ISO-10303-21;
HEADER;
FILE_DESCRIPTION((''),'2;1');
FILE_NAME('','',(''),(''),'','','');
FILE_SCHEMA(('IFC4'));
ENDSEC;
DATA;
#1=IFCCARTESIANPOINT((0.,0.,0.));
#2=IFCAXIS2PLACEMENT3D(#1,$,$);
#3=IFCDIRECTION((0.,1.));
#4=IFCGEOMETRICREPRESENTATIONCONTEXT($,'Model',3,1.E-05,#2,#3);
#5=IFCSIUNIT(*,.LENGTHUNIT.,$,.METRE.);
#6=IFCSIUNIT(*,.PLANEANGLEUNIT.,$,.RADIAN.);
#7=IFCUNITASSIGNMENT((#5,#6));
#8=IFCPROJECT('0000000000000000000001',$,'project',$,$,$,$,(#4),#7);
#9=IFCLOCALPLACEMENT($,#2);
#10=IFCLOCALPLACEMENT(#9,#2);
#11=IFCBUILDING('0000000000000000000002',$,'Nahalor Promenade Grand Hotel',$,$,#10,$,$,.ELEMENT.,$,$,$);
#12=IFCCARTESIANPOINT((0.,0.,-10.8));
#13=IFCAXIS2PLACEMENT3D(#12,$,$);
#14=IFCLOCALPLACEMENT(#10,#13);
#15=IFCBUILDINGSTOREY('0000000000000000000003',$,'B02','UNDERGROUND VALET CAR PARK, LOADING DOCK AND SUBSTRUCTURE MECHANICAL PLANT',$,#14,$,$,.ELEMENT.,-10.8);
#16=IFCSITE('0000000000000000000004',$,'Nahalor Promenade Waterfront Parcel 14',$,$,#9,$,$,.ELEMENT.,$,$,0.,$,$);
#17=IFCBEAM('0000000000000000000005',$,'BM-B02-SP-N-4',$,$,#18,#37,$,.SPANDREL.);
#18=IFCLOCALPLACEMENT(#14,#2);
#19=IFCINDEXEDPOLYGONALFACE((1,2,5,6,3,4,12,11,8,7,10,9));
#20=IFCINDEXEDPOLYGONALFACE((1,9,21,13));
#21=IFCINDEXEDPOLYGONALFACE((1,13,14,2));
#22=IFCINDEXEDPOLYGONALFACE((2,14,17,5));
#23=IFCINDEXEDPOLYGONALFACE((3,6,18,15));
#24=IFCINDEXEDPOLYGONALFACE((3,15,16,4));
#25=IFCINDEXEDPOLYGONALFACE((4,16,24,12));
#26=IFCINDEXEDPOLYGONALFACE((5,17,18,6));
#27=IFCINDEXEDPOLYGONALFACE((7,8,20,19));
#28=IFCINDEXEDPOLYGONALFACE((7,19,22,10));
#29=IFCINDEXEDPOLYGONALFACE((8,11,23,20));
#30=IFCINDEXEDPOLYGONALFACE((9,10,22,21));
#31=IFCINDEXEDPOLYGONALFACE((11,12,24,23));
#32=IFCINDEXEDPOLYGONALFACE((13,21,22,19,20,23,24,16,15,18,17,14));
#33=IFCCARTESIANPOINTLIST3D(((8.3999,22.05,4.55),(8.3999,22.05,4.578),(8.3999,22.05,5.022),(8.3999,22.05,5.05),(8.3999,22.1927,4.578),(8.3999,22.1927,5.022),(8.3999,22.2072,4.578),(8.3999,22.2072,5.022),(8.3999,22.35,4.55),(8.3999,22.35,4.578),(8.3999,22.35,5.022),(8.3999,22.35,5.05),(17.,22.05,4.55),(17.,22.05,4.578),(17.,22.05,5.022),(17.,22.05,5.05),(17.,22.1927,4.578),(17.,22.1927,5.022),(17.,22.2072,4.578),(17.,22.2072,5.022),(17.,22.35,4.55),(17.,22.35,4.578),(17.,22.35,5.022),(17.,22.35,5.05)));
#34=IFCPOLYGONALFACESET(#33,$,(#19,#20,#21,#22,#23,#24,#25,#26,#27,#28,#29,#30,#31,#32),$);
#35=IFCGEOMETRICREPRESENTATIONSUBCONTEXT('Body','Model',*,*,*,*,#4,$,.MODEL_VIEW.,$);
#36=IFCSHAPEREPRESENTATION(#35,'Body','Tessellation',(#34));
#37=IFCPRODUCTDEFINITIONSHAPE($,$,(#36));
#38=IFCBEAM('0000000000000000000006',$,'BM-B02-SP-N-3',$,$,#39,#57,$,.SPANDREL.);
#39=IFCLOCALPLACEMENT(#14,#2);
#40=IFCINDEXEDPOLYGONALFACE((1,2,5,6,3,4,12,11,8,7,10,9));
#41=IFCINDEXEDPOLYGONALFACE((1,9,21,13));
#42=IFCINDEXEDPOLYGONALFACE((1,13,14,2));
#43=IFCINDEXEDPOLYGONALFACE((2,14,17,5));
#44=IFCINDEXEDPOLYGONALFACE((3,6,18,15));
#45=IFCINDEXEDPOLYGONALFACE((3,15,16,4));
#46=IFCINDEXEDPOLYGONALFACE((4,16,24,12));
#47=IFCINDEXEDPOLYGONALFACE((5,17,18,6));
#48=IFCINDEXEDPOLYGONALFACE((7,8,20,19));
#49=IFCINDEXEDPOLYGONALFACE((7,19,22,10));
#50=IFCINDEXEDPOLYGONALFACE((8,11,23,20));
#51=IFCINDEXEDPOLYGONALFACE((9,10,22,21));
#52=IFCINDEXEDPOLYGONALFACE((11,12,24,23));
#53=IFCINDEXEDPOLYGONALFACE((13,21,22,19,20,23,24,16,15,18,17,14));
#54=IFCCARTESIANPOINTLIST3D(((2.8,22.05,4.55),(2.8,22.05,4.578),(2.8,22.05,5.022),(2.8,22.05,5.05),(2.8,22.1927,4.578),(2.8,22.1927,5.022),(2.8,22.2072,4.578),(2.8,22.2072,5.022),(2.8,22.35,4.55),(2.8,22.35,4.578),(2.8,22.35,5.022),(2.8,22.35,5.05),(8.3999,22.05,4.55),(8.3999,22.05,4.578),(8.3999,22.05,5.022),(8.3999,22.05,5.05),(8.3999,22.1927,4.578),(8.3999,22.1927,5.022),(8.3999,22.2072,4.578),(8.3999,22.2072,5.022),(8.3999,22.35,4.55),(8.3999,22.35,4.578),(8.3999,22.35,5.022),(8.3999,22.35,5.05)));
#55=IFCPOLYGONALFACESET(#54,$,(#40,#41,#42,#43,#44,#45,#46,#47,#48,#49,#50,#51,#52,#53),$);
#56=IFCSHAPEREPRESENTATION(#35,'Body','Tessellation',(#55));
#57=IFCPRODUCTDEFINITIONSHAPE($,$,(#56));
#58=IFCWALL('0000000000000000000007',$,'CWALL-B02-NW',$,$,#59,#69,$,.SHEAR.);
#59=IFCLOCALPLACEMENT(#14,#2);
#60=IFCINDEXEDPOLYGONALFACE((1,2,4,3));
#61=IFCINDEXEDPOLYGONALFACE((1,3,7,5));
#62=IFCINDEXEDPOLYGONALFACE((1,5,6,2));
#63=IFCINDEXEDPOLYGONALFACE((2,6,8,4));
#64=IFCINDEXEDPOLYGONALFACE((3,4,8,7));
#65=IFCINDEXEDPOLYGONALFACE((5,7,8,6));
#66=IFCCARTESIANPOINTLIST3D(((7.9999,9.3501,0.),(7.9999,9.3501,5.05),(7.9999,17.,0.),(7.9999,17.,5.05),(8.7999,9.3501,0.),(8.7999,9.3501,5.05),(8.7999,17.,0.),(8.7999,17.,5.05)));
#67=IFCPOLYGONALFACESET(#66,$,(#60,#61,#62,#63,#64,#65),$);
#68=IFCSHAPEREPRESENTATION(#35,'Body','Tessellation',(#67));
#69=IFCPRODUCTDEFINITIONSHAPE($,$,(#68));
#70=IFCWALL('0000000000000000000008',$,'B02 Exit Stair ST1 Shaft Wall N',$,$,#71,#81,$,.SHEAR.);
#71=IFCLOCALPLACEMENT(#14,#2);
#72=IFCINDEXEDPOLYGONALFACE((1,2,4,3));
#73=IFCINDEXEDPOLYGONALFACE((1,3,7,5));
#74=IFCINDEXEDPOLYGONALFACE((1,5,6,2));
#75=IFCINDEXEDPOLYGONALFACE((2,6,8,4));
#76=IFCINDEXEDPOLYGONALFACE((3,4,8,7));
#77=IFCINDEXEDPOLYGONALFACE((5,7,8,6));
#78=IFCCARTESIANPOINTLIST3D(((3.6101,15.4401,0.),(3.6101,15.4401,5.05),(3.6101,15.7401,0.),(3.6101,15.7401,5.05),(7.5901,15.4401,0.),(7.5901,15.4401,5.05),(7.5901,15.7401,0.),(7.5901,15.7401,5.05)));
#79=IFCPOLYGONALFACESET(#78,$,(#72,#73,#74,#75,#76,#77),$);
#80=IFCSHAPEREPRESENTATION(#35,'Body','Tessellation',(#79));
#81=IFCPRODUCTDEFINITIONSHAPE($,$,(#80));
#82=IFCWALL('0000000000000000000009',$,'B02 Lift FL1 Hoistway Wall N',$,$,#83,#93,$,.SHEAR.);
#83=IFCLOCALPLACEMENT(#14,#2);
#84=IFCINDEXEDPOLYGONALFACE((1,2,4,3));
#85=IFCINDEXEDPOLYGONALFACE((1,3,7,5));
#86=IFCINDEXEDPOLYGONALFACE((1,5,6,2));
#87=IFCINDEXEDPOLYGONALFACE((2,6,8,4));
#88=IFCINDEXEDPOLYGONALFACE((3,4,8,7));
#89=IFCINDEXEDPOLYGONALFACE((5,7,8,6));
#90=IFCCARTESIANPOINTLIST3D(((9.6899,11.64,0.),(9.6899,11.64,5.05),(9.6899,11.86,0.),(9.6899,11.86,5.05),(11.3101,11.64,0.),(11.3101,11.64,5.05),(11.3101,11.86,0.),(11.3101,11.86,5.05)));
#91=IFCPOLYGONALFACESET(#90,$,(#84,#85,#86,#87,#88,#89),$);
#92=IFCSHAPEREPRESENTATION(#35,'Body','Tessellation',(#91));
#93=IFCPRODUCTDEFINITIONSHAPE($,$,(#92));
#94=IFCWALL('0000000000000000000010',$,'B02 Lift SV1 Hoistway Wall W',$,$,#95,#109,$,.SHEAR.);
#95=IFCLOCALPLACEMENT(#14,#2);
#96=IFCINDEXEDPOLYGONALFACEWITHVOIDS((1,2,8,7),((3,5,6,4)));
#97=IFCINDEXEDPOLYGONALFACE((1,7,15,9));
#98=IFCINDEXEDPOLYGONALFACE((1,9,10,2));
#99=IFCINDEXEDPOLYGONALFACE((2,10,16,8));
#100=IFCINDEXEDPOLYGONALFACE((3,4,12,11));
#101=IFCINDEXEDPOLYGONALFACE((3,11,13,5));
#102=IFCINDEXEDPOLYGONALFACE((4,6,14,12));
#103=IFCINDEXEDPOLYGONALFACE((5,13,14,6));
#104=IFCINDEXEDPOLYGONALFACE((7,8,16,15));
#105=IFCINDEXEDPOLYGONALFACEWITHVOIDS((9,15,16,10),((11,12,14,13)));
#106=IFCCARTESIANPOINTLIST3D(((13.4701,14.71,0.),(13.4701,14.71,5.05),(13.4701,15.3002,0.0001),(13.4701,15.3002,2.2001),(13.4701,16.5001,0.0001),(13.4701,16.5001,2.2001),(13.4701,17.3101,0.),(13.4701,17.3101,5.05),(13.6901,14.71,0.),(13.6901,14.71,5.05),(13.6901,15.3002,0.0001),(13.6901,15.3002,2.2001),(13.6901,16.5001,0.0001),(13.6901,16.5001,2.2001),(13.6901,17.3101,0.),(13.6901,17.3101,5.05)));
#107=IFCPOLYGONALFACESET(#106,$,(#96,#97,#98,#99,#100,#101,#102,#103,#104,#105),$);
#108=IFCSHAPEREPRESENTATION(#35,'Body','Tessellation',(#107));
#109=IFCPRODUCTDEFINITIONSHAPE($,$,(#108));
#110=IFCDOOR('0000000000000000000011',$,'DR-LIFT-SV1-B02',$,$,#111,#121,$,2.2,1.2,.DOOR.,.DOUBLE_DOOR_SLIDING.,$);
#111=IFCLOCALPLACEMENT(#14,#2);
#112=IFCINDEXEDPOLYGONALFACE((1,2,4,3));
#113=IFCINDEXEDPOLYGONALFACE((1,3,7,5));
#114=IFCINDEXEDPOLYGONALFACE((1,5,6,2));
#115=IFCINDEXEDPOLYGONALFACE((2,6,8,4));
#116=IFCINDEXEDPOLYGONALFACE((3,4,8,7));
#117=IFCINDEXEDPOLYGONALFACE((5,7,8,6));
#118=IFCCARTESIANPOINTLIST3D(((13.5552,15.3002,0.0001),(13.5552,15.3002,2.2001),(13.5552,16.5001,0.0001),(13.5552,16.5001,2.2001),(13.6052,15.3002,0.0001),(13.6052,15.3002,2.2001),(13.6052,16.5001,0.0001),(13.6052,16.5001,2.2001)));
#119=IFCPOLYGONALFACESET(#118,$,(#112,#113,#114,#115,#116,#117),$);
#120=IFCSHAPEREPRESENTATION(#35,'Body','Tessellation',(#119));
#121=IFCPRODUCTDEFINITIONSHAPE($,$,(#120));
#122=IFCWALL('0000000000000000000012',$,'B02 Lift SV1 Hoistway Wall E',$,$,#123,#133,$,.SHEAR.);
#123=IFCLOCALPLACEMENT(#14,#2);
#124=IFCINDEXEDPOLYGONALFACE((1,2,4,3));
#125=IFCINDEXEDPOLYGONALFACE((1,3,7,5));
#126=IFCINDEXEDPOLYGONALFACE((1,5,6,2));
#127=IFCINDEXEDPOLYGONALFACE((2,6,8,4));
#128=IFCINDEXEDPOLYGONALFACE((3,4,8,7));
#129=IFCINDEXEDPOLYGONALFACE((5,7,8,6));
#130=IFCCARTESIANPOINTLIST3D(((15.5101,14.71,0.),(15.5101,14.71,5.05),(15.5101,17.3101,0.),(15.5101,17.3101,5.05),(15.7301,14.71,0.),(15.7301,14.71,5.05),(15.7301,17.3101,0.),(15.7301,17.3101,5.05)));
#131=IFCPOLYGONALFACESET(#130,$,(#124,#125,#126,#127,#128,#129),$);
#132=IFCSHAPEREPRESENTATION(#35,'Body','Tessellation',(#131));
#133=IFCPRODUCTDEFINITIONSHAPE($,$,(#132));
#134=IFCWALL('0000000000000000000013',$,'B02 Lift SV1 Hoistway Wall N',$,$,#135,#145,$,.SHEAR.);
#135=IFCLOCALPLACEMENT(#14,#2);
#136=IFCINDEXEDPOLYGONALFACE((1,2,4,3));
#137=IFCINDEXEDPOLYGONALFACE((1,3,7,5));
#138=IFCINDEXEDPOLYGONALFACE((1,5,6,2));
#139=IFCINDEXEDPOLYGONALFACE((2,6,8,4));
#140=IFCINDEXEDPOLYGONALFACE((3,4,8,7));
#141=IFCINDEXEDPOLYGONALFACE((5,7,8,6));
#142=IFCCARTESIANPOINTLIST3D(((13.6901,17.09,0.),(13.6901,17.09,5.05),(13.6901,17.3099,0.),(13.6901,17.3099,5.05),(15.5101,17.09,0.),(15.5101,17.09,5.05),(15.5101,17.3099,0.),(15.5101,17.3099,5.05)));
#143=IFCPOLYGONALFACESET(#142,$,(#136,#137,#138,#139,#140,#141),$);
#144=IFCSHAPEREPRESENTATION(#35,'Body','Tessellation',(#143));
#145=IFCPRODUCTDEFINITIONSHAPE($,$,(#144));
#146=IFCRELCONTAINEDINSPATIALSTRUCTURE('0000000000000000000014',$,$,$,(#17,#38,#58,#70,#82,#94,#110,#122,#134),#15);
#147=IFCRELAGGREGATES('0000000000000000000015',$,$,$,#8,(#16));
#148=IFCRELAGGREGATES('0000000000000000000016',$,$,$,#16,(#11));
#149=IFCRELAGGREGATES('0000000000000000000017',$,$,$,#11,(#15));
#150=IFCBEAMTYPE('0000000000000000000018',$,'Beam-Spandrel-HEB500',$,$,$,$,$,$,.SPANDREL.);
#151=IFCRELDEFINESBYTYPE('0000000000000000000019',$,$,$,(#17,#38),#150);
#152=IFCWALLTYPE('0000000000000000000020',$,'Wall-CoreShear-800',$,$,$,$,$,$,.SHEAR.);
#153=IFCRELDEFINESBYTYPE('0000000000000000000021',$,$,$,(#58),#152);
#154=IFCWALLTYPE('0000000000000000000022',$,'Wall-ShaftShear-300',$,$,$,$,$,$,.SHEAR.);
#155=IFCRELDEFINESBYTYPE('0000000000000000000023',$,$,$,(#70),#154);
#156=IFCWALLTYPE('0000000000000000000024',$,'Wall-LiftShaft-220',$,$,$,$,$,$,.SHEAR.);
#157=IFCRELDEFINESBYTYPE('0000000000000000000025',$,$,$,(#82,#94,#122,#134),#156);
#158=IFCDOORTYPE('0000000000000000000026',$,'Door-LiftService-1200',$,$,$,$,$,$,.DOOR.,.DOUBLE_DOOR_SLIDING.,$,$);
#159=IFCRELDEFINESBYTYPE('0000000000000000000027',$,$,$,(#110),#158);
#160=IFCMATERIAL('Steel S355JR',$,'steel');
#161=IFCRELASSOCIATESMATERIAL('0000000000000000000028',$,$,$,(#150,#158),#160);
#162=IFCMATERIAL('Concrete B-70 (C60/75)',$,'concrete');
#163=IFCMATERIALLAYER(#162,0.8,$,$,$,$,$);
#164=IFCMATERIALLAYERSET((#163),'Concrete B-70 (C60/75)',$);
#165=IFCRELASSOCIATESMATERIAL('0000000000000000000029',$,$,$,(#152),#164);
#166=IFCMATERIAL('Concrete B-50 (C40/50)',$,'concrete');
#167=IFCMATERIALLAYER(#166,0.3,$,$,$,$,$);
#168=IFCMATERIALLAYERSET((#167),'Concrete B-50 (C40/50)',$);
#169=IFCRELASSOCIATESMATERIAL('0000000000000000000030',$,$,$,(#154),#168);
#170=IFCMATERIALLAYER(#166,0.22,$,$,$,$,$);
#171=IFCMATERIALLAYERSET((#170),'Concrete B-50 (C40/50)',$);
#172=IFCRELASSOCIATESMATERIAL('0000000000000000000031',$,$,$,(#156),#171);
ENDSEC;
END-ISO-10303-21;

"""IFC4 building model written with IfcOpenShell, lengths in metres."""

from ifc_helpers import new_model, si_unit, direction, frame, frame_2d, origin, origin_2d, place, context, subcontext, project, spatial, rectangle, i_section, extrude, source, transform, mapped, material, layer, layer_set, material_profile, profile_set, type_object, element, fill, save


model = new_model("IFC4")

# Units and contexts
model_context = context("Model", 3, precision=1e-05, world=origin(), true_north=direction((0.0, 1.0)))
body_context = subcontext(model_context, "Body", "Model", "MODEL_VIEW")
ifc_project = project(units=[si_unit("LENGTHUNIT", "METRE"), si_unit("PLANEANGLEUNIT", "RADIAN")], contexts=[model_context])

# Site, building, storey
site_placement = place(None, origin())
site = spatial("IfcSite", under=ifc_project, at=site_placement, Name="Nahalor Promenade Waterfront Parcel 14", CompositionType="ELEMENT", RefElevation=0.0)
building_placement = place(site_placement, origin())
building = spatial("IfcBuilding", under=site, at=building_placement, Name="Nahalor Promenade Grand Hotel", CompositionType="ELEMENT")
storey_placement = place(building_placement, frame((0.0, 0.0, -10.8)))
storey = spatial("IfcBuildingStorey", under=building, at=storey_placement, Name="B02", Description="UNDERGROUND VALET CAR PARK, LOADING DOCK AND SUBSTRUCTURE MECHANICAL PLANT", CompositionType="ELEMENT", Elevation=-10.8)

# Shared definitions
ifc_material_1 = material(Name="Concrete B-50 (C40/50)", Category="concrete")

# Shared definitions
ifc_material_2 = material(Name="Concrete B-70 (C60/75)", Category="concrete")

# Beams
ifc_material_3 = material(Name="Steel S355JR", Category="steel")
ifc_material_profile_1 = material_profile(ifc_material_3, i_section(OverallWidth=0.3, OverallDepth=0.5, WebThickness=0.0145, FlangeThickness=0.028, at=origin_2d()), Name="HEB 500")
ifc_profile_set_1 = profile_set([ifc_material_profile_1], Name="Steel S355JR")
beam_type_1 = type_object("IfcBeamType", Name="Beam-Spandrel-HEB500", PredefinedType="SPANDREL", material=ifc_profile_set_1)
shared_shape_1 = source(origin(), body_context, "Body", "SweptSolid", [
    extrude(i_section(OverallWidth=0.3, OverallDepth=0.5, WebThickness=0.0145, FlangeThickness=0.028, at=origin_2d()), origin(), (0.0, 0.0, 1.0), 8.6001),
])
beam_1_placement = place(storey_placement, frame((8.3999, 22.2, 4.8), z_axis=(1.0, 0.0, 0.0), x_axis=(0.0, 1.0, 0.0)))
element("IfcBeam", 1, at=beam_1_placement, inside=storey, type_object=beam_type_1, Name="BM-B02-SP-N-4", PredefinedType="SPANDREL", context=body_context, shape_type="MappedRepresentation", body=[
    mapped(shared_shape_1, transform((0.0, 0.0, 0.0), scale=1.0)),
])
shared_shape_2 = source(origin(), body_context, "Body", "SweptSolid", [
    extrude(i_section(OverallWidth=0.3, OverallDepth=0.5, WebThickness=0.0145, FlangeThickness=0.028, at=origin_2d()), origin(), (0.0, 0.0, 1.0), 5.5999),
])
beam_2_placement = place(storey_placement, frame((2.8, 22.2, 4.8), z_axis=(1.0, 0.0, 0.0), x_axis=(0.0, 1.0, 0.0)))
element("IfcBeam", 2, at=beam_2_placement, inside=storey, type_object=beam_type_1, Name="BM-B02-SP-N-3", PredefinedType="SPANDREL", context=body_context, shape_type="MappedRepresentation", body=[
    mapped(shared_shape_2, transform((0.0, 0.0, 0.0), scale=1.0)),
])

# Walls
ifc_layer_1 = layer(ifc_material_2, 0.8)
ifc_layer_set_1 = layer_set([ifc_layer_1], Name="Concrete B-70 (C60/75)")
wall_type_1 = type_object("IfcWallType", Name="Wall-CoreShear-800", PredefinedType="SHEAR", material=ifc_layer_set_1)
shared_shape_3 = source(origin(), body_context, "Body", "SweptSolid", [
    extrude(rectangle(XDim=7.6499, YDim=0.8, at=frame_2d((3.825, 0.0))), origin(), (0.0, 0.0, 1.0), 5.05),
])
wall_1_placement = place(storey_placement, frame((8.3999, 9.3501, 0.0), z_axis=(0.0, 0.0, 1.0), x_axis=(0.0, 1.0, 0.0)))
element("IfcWall", 3, at=wall_1_placement, inside=storey, type_object=wall_type_1, Name="CWALL-B02-NW", PredefinedType="SHEAR", context=body_context, shape_type="MappedRepresentation", body=[
    mapped(shared_shape_3, transform((0.0, 0.0, 0.0), scale=1.0)),
])
ifc_layer_2 = layer(ifc_material_1, 0.3)
ifc_layer_set_2 = layer_set([ifc_layer_2], Name="Concrete B-50 (C40/50)")
wall_type_2 = type_object("IfcWallType", Name="Wall-ShaftShear-300", PredefinedType="SHEAR", material=ifc_layer_set_2)
shared_shape_4 = source(origin(), body_context, "Body", "SweptSolid", [
    extrude(rectangle(XDim=3.98, YDim=0.3, at=frame_2d((1.99, 0.0))), origin(), (0.0, 0.0, 1.0), 5.05),
])
wall_2_placement = place(storey_placement, frame((3.6101, 15.5901, 0.0), z_axis=(0.0, 0.0, 1.0), x_axis=(1.0, 0.0, 0.0)))
element("IfcWall", 4, at=wall_2_placement, inside=storey, type_object=wall_type_2, Name="B02 Exit Stair ST1 Shaft Wall N", PredefinedType="SHEAR", context=body_context, shape_type="MappedRepresentation", body=[
    mapped(shared_shape_4, transform((0.0, 0.0, 0.0), scale=1.0)),
])
ifc_layer_3 = layer(ifc_material_1, 0.22)
ifc_layer_set_3 = layer_set([ifc_layer_3], Name="Concrete B-50 (C40/50)")
wall_type_3 = type_object("IfcWallType", Name="Wall-LiftShaft-220", PredefinedType="SHEAR", material=ifc_layer_set_3)
shared_shape_5 = source(origin(), body_context, "Body", "SweptSolid", [
    extrude(rectangle(XDim=1.6201, YDim=0.22, at=frame_2d((0.8101, 0.0))), origin(), (0.0, 0.0, 1.0), 5.05),
])
wall_3_placement = place(storey_placement, frame((9.6899, 11.75, 0.0), z_axis=(0.0, 0.0, 1.0), x_axis=(1.0, 0.0, 0.0)))
element("IfcWall", 5, at=wall_3_placement, inside=storey, type_object=wall_type_3, Name="B02 Lift FL1 Hoistway Wall N", PredefinedType="SHEAR", context=body_context, shape_type="MappedRepresentation", body=[
    mapped(shared_shape_5, transform((0.0, 0.0, 0.0), scale=1.0)),
])

# Wall, opening, door
shared_shape_6 = source(origin(), body_context, "Body", "SweptSolid", [
    extrude(rectangle(XDim=2.6001, YDim=0.22, at=frame_2d((1.3, 0.0))), origin(), (0.0, 0.0, 1.0), 5.05),
])
wall_4_placement = place(storey_placement, frame((13.5801, 14.71, 0.0), z_axis=(0.0, 0.0, 1.0), x_axis=(0.0, 1.0, 0.0)))
wall_4 = element("IfcWall", 6, at=wall_4_placement, inside=storey, type_object=wall_type_3, Name="B02 Lift SV1 Hoistway Wall W", PredefinedType="SHEAR", context=body_context, shape_type="MappedRepresentation", body=[
    mapped(shared_shape_6, transform((0.0, 0.0, 0.0), scale=1.0)),
])
opening_placement = place(wall_4_placement, frame((0.5901, 0.0, 0.0)))
opening = element("IfcOpeningElement", 7, at=opening_placement, cuts=wall_4, PredefinedType="OPENING", context=body_context, shape_type="SweptSolid", body=[
    extrude(rectangle(XDim=1.2, YDim=2.2, at=frame_2d((0.6001, 1.1001))), frame((0.0, 0.1199, 0.0), z_axis=(0.0, -1.0, 0.0), x_axis=(1.0, 0.0, 0.0)), (0.0, 0.0, 1.0), 0.24),
])
door_type = type_object("IfcDoorType", Name="Door-LiftService-1200", OperationType="DOUBLE_DOOR_SLIDING", PredefinedType="DOOR", material=ifc_material_3)
shared_shape_7 = source(origin(), body_context, "Body", "SweptSolid", [
    extrude(rectangle(XDim=1.2, YDim=2.2, at=frame_2d((0.6001, 1.1001))), frame((0.0, 0.0249, 0.0), z_axis=(0.0, -1.0, 0.0), x_axis=(1.0, 0.0, 0.0)), (0.0, 0.0, 1.0), 0.05),
])
door_placement = place(opening_placement, origin())
door = element("IfcDoor", 8, at=door_placement, inside=storey, type_object=door_type, Name="DR-LIFT-SV1-B02", OperationType="DOUBLE_DOOR_SLIDING", OverallHeight=2.2, OverallWidth=1.2, PredefinedType="DOOR", context=body_context, shape_type="MappedRepresentation", body=[
    mapped(shared_shape_7, transform((0.0, 0.0, 0.0), scale=1.0)),
])
fill(opening, door)

# Walls
wall_5_placement = place(storey_placement, frame((15.6201, 14.71, 0.0), z_axis=(0.0, 0.0, 1.0), x_axis=(0.0, 1.0, 0.0)))
element("IfcWall", 9, at=wall_5_placement, inside=storey, type_object=wall_type_3, Name="B02 Lift SV1 Hoistway Wall E", PredefinedType="SHEAR", context=body_context, shape_type="MappedRepresentation", body=[
    mapped(shared_shape_6, transform((0.0, 0.0, 0.0), scale=1.0)),
])
shared_shape_8 = source(origin(), body_context, "Body", "SweptSolid", [
    extrude(rectangle(XDim=1.8201, YDim=0.22, at=frame_2d((0.9102, 0.0))), origin(), (0.0, 0.0, 1.0), 5.05),
])
wall_6_placement = place(storey_placement, frame((13.6899, 17.2, 0.0), z_axis=(0.0, 0.0, 1.0), x_axis=(1.0, 0.0, 0.0)))
element("IfcWall", 10, at=wall_6_placement, inside=storey, type_object=wall_type_3, Name="B02 Lift SV1 Hoistway Wall N", PredefinedType="SHEAR", context=body_context, shape_type="MappedRepresentation", body=[
    mapped(shared_shape_8, transform((0.0, 0.0, 0.0), scale=1.0)),
])

save(model, "model.ifc")
